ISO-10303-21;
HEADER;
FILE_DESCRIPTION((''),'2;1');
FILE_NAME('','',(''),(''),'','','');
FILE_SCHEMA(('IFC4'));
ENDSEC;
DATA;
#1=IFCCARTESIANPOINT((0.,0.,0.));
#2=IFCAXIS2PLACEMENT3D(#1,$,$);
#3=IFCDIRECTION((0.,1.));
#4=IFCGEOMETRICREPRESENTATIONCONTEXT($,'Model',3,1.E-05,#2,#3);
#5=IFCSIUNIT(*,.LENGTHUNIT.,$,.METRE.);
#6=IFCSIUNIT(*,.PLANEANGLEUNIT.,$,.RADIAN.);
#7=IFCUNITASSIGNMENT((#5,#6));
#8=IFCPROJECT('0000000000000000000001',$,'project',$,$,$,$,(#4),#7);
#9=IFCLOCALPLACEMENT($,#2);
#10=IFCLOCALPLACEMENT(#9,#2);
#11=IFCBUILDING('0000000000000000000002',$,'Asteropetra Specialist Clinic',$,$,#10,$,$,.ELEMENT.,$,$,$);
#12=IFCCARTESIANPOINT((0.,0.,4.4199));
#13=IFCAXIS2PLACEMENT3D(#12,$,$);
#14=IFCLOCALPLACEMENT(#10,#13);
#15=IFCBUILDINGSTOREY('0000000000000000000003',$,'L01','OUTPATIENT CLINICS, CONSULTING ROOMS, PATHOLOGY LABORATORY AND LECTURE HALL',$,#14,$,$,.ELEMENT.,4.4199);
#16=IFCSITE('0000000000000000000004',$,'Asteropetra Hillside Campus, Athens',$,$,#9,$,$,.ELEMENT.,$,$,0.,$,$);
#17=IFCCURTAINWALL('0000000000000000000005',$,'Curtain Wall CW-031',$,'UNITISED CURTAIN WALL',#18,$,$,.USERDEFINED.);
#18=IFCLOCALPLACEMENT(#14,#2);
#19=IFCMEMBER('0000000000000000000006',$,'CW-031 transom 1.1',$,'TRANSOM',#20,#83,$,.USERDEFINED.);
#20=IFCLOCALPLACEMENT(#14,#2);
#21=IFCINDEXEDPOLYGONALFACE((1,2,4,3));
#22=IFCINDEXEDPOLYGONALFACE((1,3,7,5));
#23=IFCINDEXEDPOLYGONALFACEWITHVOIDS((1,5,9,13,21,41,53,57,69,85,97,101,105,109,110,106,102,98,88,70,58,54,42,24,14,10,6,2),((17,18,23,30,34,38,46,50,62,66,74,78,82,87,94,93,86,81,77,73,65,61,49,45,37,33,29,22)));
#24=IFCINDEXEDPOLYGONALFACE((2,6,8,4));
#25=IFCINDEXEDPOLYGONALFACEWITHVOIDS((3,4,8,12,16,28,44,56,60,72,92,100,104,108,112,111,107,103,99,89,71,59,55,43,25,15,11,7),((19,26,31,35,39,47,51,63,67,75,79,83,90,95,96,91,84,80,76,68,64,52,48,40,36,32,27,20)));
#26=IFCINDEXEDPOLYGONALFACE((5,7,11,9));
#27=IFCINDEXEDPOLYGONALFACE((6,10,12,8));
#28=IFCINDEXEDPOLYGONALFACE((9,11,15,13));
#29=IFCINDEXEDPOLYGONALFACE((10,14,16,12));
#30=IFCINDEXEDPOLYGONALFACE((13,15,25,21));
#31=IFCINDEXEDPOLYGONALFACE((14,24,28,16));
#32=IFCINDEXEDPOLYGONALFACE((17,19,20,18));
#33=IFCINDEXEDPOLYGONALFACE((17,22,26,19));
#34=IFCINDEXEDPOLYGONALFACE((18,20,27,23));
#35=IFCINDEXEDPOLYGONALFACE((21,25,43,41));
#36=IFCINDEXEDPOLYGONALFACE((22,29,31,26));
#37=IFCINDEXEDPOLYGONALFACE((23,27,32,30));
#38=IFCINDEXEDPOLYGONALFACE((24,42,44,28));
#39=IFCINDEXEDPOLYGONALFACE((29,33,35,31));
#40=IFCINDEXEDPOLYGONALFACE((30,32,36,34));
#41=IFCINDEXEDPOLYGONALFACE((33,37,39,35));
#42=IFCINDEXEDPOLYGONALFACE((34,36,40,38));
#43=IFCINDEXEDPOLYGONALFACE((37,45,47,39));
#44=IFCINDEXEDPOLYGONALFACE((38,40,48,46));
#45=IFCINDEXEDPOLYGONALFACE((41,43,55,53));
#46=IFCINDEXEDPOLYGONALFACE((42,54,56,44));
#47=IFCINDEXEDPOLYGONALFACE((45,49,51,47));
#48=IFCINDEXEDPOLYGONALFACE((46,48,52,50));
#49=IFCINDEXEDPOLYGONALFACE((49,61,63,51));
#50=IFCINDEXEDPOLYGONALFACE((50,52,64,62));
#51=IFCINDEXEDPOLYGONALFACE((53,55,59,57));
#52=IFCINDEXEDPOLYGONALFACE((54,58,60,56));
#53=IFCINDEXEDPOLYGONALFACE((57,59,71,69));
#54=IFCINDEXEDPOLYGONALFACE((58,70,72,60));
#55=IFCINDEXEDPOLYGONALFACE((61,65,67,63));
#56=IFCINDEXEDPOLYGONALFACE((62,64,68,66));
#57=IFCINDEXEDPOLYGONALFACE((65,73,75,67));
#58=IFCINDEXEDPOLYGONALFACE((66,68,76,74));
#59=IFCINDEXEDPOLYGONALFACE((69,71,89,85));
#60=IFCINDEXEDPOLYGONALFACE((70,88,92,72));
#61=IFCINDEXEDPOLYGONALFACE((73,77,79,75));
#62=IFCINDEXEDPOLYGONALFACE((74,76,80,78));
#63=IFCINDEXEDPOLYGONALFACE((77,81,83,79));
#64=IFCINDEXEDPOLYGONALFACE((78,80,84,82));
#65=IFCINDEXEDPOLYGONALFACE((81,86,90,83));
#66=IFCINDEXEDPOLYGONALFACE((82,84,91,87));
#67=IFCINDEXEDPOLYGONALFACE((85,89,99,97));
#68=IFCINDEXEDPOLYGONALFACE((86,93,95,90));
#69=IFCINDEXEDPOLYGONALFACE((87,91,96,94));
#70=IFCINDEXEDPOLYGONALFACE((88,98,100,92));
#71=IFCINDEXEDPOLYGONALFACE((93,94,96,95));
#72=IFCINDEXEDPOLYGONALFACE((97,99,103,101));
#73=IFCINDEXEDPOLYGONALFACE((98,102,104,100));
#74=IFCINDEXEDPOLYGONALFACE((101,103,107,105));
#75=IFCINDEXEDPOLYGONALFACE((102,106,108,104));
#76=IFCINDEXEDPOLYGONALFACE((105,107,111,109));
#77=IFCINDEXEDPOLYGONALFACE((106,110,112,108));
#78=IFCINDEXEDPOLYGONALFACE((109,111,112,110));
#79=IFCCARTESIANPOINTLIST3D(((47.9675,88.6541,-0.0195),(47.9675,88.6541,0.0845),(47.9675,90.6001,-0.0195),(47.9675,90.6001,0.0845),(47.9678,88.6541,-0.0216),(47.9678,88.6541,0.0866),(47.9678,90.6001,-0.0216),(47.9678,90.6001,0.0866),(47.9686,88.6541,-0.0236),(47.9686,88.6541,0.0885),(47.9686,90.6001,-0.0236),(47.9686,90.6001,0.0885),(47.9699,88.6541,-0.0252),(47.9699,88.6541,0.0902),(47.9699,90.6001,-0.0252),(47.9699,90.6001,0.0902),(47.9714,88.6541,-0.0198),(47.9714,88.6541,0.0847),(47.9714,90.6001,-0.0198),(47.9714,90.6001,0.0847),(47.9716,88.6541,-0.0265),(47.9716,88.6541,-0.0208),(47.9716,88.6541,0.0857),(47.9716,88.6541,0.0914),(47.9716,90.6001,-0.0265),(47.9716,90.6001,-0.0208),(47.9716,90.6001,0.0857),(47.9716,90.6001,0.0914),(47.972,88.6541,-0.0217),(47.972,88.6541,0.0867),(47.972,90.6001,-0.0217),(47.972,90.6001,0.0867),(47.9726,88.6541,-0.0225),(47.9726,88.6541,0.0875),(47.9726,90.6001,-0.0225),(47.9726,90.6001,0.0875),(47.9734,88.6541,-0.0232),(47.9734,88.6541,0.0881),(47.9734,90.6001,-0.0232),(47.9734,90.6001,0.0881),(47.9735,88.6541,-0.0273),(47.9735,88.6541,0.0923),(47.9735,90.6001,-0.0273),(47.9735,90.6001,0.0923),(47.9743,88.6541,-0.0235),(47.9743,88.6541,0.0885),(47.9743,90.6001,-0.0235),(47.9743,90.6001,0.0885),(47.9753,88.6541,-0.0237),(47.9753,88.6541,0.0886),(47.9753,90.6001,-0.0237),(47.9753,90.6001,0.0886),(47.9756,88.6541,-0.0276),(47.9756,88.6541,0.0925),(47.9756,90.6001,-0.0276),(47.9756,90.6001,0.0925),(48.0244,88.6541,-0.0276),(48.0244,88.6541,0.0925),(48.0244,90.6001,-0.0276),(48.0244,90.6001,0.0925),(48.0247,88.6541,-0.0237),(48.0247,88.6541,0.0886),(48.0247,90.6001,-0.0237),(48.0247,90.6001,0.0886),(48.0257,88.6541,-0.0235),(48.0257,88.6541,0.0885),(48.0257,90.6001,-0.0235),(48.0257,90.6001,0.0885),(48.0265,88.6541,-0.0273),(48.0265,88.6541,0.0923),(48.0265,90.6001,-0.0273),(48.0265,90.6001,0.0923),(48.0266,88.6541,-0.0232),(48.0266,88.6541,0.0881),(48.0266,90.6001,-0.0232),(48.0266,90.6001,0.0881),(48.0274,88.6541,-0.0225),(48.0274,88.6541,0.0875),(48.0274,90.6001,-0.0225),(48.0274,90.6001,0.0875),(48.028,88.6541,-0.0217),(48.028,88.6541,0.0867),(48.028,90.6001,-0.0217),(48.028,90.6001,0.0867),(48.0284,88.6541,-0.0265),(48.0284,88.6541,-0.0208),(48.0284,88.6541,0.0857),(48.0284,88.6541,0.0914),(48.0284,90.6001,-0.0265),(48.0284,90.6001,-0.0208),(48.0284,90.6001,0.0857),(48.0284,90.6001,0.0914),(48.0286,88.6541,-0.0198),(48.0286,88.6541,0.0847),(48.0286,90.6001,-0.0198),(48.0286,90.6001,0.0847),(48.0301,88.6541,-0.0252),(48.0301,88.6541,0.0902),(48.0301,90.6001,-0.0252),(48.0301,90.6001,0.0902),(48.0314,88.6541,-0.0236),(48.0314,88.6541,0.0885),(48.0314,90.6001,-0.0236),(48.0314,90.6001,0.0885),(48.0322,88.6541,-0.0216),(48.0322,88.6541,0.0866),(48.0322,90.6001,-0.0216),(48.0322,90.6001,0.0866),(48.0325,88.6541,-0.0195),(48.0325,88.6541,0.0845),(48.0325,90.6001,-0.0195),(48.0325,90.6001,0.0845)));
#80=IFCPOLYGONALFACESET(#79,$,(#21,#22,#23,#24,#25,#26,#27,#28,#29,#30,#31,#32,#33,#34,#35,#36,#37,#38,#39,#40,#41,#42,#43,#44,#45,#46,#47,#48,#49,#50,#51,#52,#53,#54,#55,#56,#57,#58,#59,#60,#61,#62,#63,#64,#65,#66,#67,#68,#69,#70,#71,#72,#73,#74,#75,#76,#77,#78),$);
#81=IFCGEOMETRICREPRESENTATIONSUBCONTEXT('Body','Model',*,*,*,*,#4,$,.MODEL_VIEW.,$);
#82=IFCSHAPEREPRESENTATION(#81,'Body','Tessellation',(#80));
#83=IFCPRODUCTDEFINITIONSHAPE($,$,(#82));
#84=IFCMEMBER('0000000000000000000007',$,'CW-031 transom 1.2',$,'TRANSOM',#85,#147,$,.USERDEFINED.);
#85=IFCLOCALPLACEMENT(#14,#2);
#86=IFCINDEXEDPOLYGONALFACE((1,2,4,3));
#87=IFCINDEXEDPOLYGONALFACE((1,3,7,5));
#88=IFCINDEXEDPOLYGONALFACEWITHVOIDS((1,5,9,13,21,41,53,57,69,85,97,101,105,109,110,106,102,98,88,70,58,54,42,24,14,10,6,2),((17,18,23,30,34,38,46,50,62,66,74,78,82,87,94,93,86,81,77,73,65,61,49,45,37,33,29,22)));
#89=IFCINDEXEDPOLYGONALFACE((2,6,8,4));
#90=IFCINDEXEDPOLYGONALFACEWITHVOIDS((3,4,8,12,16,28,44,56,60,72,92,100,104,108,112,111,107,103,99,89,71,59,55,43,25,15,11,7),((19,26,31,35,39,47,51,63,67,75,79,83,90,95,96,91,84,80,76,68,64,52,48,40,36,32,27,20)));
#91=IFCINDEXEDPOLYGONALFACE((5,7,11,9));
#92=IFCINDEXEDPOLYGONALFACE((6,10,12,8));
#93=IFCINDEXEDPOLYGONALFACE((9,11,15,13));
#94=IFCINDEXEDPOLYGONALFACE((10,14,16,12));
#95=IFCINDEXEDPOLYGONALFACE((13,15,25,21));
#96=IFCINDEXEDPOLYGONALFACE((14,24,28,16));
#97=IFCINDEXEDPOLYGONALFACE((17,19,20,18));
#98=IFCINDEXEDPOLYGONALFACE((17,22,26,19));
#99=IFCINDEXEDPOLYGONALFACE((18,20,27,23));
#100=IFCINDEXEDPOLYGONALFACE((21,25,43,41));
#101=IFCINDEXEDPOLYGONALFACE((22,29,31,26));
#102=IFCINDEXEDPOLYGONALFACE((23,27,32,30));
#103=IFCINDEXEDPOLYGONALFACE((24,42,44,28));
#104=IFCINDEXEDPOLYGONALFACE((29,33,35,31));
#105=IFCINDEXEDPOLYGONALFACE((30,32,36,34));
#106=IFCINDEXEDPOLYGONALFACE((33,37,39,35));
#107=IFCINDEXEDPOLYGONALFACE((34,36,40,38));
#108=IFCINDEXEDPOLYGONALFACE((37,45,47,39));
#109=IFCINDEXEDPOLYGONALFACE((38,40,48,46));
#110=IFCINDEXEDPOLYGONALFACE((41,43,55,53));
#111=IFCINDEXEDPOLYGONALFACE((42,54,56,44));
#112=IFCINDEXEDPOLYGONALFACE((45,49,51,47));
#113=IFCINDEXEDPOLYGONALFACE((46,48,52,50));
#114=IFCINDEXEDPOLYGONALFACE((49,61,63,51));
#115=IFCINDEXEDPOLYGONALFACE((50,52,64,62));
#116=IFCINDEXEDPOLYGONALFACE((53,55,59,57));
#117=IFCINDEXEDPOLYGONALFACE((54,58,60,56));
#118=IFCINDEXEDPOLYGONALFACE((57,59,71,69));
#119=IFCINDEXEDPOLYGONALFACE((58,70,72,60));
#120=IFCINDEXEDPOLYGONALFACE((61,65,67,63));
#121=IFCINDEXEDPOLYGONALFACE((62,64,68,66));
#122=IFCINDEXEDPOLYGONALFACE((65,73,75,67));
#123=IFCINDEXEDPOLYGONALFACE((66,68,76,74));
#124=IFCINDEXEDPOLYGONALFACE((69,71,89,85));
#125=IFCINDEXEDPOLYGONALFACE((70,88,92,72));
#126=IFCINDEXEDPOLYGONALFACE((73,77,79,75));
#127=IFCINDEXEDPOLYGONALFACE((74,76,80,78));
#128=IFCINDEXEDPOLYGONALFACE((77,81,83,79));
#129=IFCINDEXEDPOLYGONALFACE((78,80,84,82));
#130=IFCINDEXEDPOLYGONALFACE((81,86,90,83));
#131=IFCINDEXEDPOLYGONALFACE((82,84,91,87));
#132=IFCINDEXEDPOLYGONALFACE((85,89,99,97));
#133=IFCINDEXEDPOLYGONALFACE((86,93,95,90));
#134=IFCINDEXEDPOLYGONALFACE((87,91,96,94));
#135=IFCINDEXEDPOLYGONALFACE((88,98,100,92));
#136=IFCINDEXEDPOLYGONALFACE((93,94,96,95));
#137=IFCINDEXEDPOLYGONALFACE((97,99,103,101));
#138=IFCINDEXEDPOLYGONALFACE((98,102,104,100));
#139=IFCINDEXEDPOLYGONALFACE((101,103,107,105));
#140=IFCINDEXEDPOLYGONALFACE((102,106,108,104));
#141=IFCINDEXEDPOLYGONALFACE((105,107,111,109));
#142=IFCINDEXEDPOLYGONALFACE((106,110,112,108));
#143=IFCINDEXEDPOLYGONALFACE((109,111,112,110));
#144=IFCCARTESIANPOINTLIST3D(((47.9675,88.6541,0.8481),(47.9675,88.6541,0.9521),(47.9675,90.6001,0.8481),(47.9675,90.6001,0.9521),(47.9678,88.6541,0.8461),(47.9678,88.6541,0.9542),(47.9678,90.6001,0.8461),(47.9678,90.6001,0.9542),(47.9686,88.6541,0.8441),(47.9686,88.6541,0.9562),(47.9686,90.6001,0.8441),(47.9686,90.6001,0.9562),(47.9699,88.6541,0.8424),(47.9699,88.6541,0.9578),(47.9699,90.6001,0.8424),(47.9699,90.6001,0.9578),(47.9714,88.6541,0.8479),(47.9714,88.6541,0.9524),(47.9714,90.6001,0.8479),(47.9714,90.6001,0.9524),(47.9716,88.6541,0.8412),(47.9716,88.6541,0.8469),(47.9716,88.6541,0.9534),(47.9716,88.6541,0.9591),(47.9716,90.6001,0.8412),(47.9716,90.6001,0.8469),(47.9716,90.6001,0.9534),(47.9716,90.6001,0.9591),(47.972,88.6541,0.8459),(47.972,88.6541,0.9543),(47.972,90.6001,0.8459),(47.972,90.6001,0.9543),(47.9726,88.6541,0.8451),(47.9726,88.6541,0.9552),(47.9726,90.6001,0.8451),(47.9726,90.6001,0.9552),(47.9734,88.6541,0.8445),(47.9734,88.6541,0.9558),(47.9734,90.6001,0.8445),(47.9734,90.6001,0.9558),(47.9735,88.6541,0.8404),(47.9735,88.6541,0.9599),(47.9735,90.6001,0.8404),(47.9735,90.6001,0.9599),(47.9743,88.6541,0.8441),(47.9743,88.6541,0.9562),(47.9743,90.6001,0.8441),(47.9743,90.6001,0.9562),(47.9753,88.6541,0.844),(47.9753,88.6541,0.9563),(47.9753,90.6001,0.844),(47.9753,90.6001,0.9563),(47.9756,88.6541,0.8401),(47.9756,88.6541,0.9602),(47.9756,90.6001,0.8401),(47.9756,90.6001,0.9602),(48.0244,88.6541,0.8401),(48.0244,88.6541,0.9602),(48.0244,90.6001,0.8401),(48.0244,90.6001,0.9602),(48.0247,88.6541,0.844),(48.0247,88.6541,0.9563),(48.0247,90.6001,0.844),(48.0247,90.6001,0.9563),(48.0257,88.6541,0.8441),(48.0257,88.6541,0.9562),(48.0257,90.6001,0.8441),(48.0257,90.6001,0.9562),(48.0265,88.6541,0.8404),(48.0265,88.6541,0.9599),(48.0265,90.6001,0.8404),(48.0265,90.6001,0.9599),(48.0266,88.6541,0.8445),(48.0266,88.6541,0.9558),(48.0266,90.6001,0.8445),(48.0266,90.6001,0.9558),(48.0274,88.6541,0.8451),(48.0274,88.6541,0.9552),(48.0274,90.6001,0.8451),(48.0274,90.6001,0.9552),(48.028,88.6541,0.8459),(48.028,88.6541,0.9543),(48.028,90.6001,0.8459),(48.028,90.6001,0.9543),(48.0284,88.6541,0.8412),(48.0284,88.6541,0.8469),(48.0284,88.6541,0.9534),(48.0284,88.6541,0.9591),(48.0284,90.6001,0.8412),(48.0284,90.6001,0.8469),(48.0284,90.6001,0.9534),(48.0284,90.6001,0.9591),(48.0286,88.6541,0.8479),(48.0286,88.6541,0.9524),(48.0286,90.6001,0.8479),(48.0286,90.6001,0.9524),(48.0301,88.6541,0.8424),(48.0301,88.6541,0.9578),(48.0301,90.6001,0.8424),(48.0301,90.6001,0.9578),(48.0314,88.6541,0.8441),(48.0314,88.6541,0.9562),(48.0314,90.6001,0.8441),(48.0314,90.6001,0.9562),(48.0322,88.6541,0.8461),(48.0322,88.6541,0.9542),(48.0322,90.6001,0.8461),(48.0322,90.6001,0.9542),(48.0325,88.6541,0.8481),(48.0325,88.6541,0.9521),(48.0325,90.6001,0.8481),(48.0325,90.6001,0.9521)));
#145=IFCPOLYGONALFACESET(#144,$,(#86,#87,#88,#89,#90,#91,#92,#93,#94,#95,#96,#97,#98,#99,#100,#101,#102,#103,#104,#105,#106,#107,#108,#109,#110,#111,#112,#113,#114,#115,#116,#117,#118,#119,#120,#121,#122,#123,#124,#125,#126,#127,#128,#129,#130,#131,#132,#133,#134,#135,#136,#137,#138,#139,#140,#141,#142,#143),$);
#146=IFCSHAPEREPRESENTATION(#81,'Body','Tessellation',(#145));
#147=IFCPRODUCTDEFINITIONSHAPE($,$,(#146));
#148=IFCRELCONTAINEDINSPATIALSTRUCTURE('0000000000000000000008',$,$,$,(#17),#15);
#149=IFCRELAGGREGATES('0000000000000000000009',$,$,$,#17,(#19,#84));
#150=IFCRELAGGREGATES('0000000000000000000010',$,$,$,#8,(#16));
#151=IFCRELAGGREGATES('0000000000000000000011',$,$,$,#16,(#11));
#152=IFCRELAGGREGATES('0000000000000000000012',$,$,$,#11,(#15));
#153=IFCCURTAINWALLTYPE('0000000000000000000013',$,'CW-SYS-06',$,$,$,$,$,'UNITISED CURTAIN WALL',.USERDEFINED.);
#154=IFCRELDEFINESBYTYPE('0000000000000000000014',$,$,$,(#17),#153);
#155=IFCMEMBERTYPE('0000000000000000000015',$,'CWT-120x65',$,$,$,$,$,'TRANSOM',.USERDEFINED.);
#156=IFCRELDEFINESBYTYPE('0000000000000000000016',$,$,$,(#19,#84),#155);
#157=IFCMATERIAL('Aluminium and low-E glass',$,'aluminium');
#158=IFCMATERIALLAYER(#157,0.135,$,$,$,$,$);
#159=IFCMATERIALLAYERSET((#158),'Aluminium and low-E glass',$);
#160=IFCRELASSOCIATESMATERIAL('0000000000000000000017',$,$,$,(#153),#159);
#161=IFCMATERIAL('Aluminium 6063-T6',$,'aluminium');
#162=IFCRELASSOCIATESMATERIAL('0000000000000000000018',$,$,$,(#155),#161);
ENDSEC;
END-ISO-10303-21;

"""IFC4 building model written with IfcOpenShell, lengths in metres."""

from ifc_helpers import new_model, si_unit, direction, frame, origin, origin_2d, place, context, subcontext, project, spatial, hollow_rectangle, extrude, material, layer, layer_set, material_profile, profile_set, type_object, element, aggregate, save


model = new_model("IFC4")

# Units and contexts
model_context = context("Model", 3, precision=1e-05, world=origin(), true_north=direction((0.0, 1.0)))
body_context = subcontext(model_context, "Body", "Model", "MODEL_VIEW")
ifc_project = project(units=[si_unit("LENGTHUNIT", "METRE"), si_unit("PLANEANGLEUNIT", "RADIAN")], contexts=[model_context])

# Site, building, storey
site_placement = place(None, origin())
site = spatial("IfcSite", under=ifc_project, at=site_placement, Name="Asteropetra Hillside Campus, Athens", CompositionType="ELEMENT", RefElevation=0.0)
building_placement = place(site_placement, origin())
building = spatial("IfcBuilding", under=site, at=building_placement, Name="Asteropetra Specialist Clinic", CompositionType="ELEMENT")
storey_placement = place(building_placement, frame((0.0, 0.0, 4.4199)))
storey = spatial("IfcBuildingStorey", under=building, at=storey_placement, Name="L01", Description="OUTPATIENT CLINICS, CONSULTING ROOMS, PATHOLOGY LABORATORY AND LECTURE HALL", CompositionType="ELEMENT", Elevation=4.4199)

# Curtain wall, members
ifc_material_1 = material(Name="Aluminium and low-E glass", Category="aluminium")
ifc_layer_1 = layer(ifc_material_1, 0.135)
ifc_layer_set_1 = layer_set([ifc_layer_1], Name="Aluminium and low-E glass")
curtain_wall_type = type_object("IfcCurtainWallType", Name="CW-SYS-06", ElementType="UNITISED CURTAIN WALL", PredefinedType="USERDEFINED", material=ifc_layer_set_1)
curtain_wall_placement = place(storey_placement, origin())
curtain_wall = element("IfcCurtainWall", 1, at=curtain_wall_placement, inside=storey, type_object=curtain_wall_type, Name="Curtain Wall CW-031", ObjectType="UNITISED CURTAIN WALL", PredefinedType="USERDEFINED")
ifc_material_2 = material(Name="Aluminium 6063-T6", Category="aluminium")
ifc_material_profile_1 = material_profile(ifc_material_2, hollow_rectangle(XDim=0.0649, YDim=0.1201, WallThickness=0.0039, InnerFilletRadius=0.0039, OuterFilletRadius=0.0081, at=origin_2d()), Name="TRN 120x65x4.0")
ifc_profile_set_1 = profile_set([ifc_material_profile_1], Name="Aluminium 6063-T6")
member_type_1 = type_object("IfcMemberType", Name="CWT-120x65", ElementType="TRANSOM", PredefinedType="USERDEFINED", material=ifc_profile_set_1)
member_1_placement = place(storey_placement, frame((48.0, 90.6001, 0.0325), z_axis=(0.0, -1.0, 0.0), x_axis=(1.0, 0.0, 0.0)))
member_1 = element("IfcMember", 2, at=member_1_placement, type_object=member_type_1, Name="CW-031 transom 1.1", ObjectType="TRANSOM", PredefinedType="USERDEFINED", context=body_context, shape_type="SweptSolid", body=[
    extrude(hollow_rectangle(XDim=0.0649, YDim=0.1201, WallThickness=0.0039, InnerFilletRadius=0.0039, OuterFilletRadius=0.0081, at=origin_2d()), origin(), (0.0, 0.0, 1.0), 1.946),
])
member_2_placement = place(storey_placement, frame((48.0, 90.6001, 0.9001), z_axis=(0.0, -1.0, 0.0), x_axis=(1.0, 0.0, 0.0)))
member_2 = element("IfcMember", 3, at=member_2_placement, type_object=member_type_1, Name="CW-031 transom 1.2", ObjectType="TRANSOM", PredefinedType="USERDEFINED", context=body_context, shape_type="SweptSolid", body=[
    extrude(hollow_rectangle(XDim=0.0649, YDim=0.1201, WallThickness=0.0039, InnerFilletRadius=0.0039, OuterFilletRadius=0.0081, at=origin_2d()), origin(), (0.0, 0.0, 1.0), 1.946),
])

aggregate(curtain_wall, [member_1, member_2])

save(model, "model.ifc")
